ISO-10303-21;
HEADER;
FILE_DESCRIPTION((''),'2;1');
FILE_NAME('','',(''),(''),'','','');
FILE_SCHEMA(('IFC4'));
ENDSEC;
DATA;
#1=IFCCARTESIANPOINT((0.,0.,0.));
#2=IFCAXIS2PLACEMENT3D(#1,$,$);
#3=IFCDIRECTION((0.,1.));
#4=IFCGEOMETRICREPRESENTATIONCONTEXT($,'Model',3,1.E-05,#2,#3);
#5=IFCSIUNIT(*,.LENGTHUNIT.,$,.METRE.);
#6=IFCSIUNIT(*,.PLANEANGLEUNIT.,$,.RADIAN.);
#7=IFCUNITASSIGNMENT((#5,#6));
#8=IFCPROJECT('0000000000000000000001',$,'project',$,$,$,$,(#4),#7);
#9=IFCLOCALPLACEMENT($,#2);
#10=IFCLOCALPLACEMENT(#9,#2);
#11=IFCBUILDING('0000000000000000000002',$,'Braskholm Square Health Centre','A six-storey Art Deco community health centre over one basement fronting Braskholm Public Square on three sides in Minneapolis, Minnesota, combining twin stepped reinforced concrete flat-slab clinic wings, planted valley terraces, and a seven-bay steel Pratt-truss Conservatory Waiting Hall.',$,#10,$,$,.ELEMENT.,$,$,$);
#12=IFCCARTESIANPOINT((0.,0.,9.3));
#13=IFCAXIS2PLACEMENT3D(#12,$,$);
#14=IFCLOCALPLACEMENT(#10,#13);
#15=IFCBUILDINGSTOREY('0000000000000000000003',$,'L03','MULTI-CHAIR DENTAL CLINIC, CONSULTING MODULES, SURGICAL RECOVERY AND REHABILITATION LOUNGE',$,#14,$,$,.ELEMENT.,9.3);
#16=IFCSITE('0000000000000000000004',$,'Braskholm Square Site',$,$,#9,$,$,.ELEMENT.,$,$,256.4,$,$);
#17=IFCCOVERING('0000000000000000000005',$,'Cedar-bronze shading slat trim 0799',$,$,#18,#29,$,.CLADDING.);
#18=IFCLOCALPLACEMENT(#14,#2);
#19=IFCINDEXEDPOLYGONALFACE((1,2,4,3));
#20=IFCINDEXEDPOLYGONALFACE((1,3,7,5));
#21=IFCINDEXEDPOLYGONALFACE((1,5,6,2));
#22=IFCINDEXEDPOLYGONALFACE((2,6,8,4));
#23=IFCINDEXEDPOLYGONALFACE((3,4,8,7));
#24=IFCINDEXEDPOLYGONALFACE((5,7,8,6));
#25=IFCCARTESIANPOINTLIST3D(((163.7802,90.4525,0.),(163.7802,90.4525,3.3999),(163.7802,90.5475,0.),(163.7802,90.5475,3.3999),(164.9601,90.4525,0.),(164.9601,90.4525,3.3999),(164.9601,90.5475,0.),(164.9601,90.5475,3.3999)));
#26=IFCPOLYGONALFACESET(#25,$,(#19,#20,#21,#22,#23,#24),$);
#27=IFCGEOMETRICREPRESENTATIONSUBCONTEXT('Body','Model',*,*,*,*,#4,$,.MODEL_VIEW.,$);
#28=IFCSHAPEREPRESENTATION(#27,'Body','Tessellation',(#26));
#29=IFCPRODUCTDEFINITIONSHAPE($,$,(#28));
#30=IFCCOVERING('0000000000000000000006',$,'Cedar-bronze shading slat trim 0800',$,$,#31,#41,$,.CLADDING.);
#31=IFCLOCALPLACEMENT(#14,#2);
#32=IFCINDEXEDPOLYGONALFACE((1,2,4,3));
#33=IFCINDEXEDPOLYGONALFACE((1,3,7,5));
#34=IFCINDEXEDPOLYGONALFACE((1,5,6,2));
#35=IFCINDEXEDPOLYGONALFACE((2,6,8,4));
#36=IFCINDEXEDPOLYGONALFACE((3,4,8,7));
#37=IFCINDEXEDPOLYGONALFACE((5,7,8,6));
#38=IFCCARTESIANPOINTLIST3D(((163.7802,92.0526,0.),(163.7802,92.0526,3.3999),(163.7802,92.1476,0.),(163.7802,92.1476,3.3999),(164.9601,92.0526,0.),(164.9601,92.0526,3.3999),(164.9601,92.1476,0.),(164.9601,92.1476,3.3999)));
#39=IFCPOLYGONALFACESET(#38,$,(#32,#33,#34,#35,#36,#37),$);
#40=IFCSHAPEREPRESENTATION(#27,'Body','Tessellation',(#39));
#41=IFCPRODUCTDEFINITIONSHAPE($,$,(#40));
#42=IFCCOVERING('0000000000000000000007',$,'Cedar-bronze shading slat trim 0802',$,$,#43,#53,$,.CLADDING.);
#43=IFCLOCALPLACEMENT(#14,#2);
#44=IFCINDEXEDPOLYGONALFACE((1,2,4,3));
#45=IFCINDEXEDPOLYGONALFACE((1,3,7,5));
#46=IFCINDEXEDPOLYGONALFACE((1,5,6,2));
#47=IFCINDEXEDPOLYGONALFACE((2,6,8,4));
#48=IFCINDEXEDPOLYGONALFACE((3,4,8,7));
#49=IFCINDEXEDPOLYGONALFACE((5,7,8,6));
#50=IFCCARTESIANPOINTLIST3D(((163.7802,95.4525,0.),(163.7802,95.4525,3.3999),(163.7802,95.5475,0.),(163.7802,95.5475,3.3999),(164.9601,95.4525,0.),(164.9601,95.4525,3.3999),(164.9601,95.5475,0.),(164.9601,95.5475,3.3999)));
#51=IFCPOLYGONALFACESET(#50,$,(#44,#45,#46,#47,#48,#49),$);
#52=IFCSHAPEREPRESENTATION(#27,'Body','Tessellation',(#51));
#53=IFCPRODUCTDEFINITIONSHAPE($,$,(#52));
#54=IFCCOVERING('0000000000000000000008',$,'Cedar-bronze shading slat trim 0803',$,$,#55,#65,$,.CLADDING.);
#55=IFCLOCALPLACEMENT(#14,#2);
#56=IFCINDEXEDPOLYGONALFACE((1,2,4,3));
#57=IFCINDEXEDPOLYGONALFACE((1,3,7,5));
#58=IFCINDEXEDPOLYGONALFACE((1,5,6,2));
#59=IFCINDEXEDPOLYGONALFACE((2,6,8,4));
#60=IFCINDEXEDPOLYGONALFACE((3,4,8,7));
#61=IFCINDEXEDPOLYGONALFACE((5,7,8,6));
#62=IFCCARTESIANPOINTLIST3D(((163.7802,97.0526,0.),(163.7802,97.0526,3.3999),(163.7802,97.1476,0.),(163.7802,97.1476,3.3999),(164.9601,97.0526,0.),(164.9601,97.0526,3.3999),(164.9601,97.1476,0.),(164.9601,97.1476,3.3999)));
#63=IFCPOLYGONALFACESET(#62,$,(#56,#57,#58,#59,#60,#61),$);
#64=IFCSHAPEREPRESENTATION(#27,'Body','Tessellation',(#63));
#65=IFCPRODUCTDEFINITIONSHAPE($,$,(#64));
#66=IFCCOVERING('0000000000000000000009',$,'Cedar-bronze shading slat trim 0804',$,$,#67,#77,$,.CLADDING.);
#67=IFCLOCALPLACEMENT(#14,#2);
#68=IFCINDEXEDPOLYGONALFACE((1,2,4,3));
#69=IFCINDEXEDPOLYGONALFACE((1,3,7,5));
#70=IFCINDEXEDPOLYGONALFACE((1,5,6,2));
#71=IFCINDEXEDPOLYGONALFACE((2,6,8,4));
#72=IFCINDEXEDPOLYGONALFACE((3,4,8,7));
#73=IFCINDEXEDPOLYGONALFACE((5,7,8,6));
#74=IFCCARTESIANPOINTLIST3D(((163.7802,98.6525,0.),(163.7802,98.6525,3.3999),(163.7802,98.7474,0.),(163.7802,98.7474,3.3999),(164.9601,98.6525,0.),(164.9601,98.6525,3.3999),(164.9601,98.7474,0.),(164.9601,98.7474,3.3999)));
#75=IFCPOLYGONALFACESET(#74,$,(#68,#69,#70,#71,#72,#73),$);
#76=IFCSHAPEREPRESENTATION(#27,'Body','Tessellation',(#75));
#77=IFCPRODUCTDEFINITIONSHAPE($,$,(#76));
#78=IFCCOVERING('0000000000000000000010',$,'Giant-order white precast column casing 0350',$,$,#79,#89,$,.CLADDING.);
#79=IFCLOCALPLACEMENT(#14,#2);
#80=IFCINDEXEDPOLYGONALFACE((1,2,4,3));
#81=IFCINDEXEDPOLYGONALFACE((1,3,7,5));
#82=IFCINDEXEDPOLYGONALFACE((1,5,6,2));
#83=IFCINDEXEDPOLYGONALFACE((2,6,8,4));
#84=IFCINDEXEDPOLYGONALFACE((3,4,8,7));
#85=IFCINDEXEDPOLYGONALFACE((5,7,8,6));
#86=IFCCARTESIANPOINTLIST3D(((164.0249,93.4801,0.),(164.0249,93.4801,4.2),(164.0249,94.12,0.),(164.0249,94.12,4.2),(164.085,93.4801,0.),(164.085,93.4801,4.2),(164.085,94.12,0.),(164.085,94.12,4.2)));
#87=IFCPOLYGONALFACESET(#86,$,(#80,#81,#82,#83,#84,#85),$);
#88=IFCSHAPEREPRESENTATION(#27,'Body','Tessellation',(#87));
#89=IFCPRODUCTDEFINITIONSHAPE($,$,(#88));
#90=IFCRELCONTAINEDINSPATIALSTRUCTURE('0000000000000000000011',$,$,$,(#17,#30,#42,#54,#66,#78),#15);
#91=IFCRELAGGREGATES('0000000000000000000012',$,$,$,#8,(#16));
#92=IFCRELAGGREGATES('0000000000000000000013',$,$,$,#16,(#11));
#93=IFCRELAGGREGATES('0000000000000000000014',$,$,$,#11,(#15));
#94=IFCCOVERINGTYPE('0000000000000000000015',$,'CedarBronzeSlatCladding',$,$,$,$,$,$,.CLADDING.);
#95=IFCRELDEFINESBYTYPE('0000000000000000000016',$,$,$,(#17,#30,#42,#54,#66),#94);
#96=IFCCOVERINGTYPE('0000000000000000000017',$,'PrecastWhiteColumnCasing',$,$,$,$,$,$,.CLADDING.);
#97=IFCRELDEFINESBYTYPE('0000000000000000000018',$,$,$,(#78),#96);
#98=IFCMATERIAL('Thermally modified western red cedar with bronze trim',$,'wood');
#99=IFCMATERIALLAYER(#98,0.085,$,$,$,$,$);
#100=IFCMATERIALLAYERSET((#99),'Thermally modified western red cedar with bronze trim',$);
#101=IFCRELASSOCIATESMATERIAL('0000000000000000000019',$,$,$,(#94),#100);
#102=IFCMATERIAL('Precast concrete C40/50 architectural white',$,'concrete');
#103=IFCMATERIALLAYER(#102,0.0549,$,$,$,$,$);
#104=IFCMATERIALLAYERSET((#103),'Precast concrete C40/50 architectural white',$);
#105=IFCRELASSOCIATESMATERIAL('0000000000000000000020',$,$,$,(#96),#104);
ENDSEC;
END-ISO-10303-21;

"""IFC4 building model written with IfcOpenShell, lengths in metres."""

from ifc_helpers import new_model, si_unit, direction, frame, origin, origin_2d, place, context, subcontext, project, spatial, rectangle, extrude, material, layer, layer_set, type_object, element, save


model = new_model("IFC4")

# Units and contexts
model_context = context("Model", 3, precision=1e-05, world=origin(), true_north=direction((0.0, 1.0)))
body_context = subcontext(model_context, "Body", "Model", "MODEL_VIEW")
ifc_project = project(units=[si_unit("LENGTHUNIT", "METRE"), si_unit("PLANEANGLEUNIT", "RADIAN")], contexts=[model_context])

# Site, building, storey
site_placement = place(None, origin())
site = spatial("IfcSite", under=ifc_project, at=site_placement, Name="Braskholm Square Site", CompositionType="ELEMENT", RefElevation=256.4)
building_placement = place(site_placement, origin())
building = spatial("IfcBuilding", under=site, at=building_placement, Name="Braskholm Square Health Centre", Description="A six-storey Art Deco community health centre over one basement fronting Braskholm Public Square on three sides in Minneapolis, Minnesota, combining twin stepped reinforced concrete flat-slab clinic wings, planted valley terraces, and a seven-bay steel Pratt-truss Conservatory Waiting Hall.", CompositionType="ELEMENT")
storey_placement = place(building_placement, frame((0.0, 0.0, 9.3)))
storey = spatial("IfcBuildingStorey", under=building, at=storey_placement, Name="L03", Description="MULTI-CHAIR DENTAL CLINIC, CONSULTING MODULES, SURGICAL RECOVERY AND REHABILITATION LOUNGE", CompositionType="ELEMENT", Elevation=9.3)

# Shared definitions
ifc_material_1 = material(Name="Precast concrete C40/50 architectural white", Category="concrete")

# Shared definitions
ifc_material_2 = material(Name="Thermally modified western red cedar with bronze trim", Category="wood")

# Coverings
ifc_layer_1 = layer(ifc_material_2, 0.085)
ifc_layer_set_1 = layer_set([ifc_layer_1], Name="Thermally modified western red cedar with bronze trim")
covering_type_1 = type_object("IfcCoveringType", Name="CedarBronzeSlatCladding", PredefinedType="CLADDING", material=ifc_layer_set_1)
for number, where, z_axis, x_axis, name in (
    (1, (164.3701, 90.5, 0.0), (0.0, 0.0, 1.0), (1.0, 0.0, 0.0), "Cedar-bronze shading slat trim 0799"),
    (2, (164.3701, 92.1001, 0.0), (0.0, 0.0, 1.0), (1.0, 0.0, 0.0), "Cedar-bronze shading slat trim 0800"),
    (3, (164.3701, 95.5, 0.0), (0.0, 0.0, 1.0), (1.0, 0.0, 0.0), "Cedar-bronze shading slat trim 0802"),
    (4, (164.3701, 97.1001, 0.0), (0.0, 0.0, 1.0), (1.0, 0.0, 0.0), "Cedar-bronze shading slat trim 0803"),
    (5, (164.3701, 98.7, 0.0), (0.0, 0.0, 1.0), (1.0, 0.0, 0.0), "Cedar-bronze shading slat trim 0804"),
):
    element("IfcCovering", number, at=place(storey_placement, frame(where, z_axis=z_axis, x_axis=x_axis)), inside=storey, type_object=covering_type_1, Name=name, PredefinedType="CLADDING", context=body_context, shape_type="SweptSolid", body=[
        extrude(rectangle(XDim=1.1799, YDim=0.095, at=origin_2d()), origin(), (0.0, 0.0, 1.0), 3.3999),
    ])
ifc_layer_2 = layer(ifc_material_1, 0.0549)
ifc_layer_set_2 = layer_set([ifc_layer_2], Name="Precast concrete C40/50 architectural white")
covering_type_2 = type_object("IfcCoveringType", Name="PrecastWhiteColumnCasing", PredefinedType="CLADDING", material=ifc_layer_set_2)
covering_placement = place(storey_placement, frame((164.0549, 93.8, 0.0), z_axis=(0.0, 0.0, 1.0), x_axis=(1.0, 0.0, 0.0)))
element("IfcCovering", 6, at=covering_placement, inside=storey, type_object=covering_type_2, Name="Giant-order white precast column casing 0350", PredefinedType="CLADDING", context=body_context, shape_type="SweptSolid", body=[
    extrude(rectangle(XDim=0.0601, YDim=0.6399, at=origin_2d()), origin(), (0.0, 0.0, 1.0), 4.2),
])

save(model, "model.ifc")
